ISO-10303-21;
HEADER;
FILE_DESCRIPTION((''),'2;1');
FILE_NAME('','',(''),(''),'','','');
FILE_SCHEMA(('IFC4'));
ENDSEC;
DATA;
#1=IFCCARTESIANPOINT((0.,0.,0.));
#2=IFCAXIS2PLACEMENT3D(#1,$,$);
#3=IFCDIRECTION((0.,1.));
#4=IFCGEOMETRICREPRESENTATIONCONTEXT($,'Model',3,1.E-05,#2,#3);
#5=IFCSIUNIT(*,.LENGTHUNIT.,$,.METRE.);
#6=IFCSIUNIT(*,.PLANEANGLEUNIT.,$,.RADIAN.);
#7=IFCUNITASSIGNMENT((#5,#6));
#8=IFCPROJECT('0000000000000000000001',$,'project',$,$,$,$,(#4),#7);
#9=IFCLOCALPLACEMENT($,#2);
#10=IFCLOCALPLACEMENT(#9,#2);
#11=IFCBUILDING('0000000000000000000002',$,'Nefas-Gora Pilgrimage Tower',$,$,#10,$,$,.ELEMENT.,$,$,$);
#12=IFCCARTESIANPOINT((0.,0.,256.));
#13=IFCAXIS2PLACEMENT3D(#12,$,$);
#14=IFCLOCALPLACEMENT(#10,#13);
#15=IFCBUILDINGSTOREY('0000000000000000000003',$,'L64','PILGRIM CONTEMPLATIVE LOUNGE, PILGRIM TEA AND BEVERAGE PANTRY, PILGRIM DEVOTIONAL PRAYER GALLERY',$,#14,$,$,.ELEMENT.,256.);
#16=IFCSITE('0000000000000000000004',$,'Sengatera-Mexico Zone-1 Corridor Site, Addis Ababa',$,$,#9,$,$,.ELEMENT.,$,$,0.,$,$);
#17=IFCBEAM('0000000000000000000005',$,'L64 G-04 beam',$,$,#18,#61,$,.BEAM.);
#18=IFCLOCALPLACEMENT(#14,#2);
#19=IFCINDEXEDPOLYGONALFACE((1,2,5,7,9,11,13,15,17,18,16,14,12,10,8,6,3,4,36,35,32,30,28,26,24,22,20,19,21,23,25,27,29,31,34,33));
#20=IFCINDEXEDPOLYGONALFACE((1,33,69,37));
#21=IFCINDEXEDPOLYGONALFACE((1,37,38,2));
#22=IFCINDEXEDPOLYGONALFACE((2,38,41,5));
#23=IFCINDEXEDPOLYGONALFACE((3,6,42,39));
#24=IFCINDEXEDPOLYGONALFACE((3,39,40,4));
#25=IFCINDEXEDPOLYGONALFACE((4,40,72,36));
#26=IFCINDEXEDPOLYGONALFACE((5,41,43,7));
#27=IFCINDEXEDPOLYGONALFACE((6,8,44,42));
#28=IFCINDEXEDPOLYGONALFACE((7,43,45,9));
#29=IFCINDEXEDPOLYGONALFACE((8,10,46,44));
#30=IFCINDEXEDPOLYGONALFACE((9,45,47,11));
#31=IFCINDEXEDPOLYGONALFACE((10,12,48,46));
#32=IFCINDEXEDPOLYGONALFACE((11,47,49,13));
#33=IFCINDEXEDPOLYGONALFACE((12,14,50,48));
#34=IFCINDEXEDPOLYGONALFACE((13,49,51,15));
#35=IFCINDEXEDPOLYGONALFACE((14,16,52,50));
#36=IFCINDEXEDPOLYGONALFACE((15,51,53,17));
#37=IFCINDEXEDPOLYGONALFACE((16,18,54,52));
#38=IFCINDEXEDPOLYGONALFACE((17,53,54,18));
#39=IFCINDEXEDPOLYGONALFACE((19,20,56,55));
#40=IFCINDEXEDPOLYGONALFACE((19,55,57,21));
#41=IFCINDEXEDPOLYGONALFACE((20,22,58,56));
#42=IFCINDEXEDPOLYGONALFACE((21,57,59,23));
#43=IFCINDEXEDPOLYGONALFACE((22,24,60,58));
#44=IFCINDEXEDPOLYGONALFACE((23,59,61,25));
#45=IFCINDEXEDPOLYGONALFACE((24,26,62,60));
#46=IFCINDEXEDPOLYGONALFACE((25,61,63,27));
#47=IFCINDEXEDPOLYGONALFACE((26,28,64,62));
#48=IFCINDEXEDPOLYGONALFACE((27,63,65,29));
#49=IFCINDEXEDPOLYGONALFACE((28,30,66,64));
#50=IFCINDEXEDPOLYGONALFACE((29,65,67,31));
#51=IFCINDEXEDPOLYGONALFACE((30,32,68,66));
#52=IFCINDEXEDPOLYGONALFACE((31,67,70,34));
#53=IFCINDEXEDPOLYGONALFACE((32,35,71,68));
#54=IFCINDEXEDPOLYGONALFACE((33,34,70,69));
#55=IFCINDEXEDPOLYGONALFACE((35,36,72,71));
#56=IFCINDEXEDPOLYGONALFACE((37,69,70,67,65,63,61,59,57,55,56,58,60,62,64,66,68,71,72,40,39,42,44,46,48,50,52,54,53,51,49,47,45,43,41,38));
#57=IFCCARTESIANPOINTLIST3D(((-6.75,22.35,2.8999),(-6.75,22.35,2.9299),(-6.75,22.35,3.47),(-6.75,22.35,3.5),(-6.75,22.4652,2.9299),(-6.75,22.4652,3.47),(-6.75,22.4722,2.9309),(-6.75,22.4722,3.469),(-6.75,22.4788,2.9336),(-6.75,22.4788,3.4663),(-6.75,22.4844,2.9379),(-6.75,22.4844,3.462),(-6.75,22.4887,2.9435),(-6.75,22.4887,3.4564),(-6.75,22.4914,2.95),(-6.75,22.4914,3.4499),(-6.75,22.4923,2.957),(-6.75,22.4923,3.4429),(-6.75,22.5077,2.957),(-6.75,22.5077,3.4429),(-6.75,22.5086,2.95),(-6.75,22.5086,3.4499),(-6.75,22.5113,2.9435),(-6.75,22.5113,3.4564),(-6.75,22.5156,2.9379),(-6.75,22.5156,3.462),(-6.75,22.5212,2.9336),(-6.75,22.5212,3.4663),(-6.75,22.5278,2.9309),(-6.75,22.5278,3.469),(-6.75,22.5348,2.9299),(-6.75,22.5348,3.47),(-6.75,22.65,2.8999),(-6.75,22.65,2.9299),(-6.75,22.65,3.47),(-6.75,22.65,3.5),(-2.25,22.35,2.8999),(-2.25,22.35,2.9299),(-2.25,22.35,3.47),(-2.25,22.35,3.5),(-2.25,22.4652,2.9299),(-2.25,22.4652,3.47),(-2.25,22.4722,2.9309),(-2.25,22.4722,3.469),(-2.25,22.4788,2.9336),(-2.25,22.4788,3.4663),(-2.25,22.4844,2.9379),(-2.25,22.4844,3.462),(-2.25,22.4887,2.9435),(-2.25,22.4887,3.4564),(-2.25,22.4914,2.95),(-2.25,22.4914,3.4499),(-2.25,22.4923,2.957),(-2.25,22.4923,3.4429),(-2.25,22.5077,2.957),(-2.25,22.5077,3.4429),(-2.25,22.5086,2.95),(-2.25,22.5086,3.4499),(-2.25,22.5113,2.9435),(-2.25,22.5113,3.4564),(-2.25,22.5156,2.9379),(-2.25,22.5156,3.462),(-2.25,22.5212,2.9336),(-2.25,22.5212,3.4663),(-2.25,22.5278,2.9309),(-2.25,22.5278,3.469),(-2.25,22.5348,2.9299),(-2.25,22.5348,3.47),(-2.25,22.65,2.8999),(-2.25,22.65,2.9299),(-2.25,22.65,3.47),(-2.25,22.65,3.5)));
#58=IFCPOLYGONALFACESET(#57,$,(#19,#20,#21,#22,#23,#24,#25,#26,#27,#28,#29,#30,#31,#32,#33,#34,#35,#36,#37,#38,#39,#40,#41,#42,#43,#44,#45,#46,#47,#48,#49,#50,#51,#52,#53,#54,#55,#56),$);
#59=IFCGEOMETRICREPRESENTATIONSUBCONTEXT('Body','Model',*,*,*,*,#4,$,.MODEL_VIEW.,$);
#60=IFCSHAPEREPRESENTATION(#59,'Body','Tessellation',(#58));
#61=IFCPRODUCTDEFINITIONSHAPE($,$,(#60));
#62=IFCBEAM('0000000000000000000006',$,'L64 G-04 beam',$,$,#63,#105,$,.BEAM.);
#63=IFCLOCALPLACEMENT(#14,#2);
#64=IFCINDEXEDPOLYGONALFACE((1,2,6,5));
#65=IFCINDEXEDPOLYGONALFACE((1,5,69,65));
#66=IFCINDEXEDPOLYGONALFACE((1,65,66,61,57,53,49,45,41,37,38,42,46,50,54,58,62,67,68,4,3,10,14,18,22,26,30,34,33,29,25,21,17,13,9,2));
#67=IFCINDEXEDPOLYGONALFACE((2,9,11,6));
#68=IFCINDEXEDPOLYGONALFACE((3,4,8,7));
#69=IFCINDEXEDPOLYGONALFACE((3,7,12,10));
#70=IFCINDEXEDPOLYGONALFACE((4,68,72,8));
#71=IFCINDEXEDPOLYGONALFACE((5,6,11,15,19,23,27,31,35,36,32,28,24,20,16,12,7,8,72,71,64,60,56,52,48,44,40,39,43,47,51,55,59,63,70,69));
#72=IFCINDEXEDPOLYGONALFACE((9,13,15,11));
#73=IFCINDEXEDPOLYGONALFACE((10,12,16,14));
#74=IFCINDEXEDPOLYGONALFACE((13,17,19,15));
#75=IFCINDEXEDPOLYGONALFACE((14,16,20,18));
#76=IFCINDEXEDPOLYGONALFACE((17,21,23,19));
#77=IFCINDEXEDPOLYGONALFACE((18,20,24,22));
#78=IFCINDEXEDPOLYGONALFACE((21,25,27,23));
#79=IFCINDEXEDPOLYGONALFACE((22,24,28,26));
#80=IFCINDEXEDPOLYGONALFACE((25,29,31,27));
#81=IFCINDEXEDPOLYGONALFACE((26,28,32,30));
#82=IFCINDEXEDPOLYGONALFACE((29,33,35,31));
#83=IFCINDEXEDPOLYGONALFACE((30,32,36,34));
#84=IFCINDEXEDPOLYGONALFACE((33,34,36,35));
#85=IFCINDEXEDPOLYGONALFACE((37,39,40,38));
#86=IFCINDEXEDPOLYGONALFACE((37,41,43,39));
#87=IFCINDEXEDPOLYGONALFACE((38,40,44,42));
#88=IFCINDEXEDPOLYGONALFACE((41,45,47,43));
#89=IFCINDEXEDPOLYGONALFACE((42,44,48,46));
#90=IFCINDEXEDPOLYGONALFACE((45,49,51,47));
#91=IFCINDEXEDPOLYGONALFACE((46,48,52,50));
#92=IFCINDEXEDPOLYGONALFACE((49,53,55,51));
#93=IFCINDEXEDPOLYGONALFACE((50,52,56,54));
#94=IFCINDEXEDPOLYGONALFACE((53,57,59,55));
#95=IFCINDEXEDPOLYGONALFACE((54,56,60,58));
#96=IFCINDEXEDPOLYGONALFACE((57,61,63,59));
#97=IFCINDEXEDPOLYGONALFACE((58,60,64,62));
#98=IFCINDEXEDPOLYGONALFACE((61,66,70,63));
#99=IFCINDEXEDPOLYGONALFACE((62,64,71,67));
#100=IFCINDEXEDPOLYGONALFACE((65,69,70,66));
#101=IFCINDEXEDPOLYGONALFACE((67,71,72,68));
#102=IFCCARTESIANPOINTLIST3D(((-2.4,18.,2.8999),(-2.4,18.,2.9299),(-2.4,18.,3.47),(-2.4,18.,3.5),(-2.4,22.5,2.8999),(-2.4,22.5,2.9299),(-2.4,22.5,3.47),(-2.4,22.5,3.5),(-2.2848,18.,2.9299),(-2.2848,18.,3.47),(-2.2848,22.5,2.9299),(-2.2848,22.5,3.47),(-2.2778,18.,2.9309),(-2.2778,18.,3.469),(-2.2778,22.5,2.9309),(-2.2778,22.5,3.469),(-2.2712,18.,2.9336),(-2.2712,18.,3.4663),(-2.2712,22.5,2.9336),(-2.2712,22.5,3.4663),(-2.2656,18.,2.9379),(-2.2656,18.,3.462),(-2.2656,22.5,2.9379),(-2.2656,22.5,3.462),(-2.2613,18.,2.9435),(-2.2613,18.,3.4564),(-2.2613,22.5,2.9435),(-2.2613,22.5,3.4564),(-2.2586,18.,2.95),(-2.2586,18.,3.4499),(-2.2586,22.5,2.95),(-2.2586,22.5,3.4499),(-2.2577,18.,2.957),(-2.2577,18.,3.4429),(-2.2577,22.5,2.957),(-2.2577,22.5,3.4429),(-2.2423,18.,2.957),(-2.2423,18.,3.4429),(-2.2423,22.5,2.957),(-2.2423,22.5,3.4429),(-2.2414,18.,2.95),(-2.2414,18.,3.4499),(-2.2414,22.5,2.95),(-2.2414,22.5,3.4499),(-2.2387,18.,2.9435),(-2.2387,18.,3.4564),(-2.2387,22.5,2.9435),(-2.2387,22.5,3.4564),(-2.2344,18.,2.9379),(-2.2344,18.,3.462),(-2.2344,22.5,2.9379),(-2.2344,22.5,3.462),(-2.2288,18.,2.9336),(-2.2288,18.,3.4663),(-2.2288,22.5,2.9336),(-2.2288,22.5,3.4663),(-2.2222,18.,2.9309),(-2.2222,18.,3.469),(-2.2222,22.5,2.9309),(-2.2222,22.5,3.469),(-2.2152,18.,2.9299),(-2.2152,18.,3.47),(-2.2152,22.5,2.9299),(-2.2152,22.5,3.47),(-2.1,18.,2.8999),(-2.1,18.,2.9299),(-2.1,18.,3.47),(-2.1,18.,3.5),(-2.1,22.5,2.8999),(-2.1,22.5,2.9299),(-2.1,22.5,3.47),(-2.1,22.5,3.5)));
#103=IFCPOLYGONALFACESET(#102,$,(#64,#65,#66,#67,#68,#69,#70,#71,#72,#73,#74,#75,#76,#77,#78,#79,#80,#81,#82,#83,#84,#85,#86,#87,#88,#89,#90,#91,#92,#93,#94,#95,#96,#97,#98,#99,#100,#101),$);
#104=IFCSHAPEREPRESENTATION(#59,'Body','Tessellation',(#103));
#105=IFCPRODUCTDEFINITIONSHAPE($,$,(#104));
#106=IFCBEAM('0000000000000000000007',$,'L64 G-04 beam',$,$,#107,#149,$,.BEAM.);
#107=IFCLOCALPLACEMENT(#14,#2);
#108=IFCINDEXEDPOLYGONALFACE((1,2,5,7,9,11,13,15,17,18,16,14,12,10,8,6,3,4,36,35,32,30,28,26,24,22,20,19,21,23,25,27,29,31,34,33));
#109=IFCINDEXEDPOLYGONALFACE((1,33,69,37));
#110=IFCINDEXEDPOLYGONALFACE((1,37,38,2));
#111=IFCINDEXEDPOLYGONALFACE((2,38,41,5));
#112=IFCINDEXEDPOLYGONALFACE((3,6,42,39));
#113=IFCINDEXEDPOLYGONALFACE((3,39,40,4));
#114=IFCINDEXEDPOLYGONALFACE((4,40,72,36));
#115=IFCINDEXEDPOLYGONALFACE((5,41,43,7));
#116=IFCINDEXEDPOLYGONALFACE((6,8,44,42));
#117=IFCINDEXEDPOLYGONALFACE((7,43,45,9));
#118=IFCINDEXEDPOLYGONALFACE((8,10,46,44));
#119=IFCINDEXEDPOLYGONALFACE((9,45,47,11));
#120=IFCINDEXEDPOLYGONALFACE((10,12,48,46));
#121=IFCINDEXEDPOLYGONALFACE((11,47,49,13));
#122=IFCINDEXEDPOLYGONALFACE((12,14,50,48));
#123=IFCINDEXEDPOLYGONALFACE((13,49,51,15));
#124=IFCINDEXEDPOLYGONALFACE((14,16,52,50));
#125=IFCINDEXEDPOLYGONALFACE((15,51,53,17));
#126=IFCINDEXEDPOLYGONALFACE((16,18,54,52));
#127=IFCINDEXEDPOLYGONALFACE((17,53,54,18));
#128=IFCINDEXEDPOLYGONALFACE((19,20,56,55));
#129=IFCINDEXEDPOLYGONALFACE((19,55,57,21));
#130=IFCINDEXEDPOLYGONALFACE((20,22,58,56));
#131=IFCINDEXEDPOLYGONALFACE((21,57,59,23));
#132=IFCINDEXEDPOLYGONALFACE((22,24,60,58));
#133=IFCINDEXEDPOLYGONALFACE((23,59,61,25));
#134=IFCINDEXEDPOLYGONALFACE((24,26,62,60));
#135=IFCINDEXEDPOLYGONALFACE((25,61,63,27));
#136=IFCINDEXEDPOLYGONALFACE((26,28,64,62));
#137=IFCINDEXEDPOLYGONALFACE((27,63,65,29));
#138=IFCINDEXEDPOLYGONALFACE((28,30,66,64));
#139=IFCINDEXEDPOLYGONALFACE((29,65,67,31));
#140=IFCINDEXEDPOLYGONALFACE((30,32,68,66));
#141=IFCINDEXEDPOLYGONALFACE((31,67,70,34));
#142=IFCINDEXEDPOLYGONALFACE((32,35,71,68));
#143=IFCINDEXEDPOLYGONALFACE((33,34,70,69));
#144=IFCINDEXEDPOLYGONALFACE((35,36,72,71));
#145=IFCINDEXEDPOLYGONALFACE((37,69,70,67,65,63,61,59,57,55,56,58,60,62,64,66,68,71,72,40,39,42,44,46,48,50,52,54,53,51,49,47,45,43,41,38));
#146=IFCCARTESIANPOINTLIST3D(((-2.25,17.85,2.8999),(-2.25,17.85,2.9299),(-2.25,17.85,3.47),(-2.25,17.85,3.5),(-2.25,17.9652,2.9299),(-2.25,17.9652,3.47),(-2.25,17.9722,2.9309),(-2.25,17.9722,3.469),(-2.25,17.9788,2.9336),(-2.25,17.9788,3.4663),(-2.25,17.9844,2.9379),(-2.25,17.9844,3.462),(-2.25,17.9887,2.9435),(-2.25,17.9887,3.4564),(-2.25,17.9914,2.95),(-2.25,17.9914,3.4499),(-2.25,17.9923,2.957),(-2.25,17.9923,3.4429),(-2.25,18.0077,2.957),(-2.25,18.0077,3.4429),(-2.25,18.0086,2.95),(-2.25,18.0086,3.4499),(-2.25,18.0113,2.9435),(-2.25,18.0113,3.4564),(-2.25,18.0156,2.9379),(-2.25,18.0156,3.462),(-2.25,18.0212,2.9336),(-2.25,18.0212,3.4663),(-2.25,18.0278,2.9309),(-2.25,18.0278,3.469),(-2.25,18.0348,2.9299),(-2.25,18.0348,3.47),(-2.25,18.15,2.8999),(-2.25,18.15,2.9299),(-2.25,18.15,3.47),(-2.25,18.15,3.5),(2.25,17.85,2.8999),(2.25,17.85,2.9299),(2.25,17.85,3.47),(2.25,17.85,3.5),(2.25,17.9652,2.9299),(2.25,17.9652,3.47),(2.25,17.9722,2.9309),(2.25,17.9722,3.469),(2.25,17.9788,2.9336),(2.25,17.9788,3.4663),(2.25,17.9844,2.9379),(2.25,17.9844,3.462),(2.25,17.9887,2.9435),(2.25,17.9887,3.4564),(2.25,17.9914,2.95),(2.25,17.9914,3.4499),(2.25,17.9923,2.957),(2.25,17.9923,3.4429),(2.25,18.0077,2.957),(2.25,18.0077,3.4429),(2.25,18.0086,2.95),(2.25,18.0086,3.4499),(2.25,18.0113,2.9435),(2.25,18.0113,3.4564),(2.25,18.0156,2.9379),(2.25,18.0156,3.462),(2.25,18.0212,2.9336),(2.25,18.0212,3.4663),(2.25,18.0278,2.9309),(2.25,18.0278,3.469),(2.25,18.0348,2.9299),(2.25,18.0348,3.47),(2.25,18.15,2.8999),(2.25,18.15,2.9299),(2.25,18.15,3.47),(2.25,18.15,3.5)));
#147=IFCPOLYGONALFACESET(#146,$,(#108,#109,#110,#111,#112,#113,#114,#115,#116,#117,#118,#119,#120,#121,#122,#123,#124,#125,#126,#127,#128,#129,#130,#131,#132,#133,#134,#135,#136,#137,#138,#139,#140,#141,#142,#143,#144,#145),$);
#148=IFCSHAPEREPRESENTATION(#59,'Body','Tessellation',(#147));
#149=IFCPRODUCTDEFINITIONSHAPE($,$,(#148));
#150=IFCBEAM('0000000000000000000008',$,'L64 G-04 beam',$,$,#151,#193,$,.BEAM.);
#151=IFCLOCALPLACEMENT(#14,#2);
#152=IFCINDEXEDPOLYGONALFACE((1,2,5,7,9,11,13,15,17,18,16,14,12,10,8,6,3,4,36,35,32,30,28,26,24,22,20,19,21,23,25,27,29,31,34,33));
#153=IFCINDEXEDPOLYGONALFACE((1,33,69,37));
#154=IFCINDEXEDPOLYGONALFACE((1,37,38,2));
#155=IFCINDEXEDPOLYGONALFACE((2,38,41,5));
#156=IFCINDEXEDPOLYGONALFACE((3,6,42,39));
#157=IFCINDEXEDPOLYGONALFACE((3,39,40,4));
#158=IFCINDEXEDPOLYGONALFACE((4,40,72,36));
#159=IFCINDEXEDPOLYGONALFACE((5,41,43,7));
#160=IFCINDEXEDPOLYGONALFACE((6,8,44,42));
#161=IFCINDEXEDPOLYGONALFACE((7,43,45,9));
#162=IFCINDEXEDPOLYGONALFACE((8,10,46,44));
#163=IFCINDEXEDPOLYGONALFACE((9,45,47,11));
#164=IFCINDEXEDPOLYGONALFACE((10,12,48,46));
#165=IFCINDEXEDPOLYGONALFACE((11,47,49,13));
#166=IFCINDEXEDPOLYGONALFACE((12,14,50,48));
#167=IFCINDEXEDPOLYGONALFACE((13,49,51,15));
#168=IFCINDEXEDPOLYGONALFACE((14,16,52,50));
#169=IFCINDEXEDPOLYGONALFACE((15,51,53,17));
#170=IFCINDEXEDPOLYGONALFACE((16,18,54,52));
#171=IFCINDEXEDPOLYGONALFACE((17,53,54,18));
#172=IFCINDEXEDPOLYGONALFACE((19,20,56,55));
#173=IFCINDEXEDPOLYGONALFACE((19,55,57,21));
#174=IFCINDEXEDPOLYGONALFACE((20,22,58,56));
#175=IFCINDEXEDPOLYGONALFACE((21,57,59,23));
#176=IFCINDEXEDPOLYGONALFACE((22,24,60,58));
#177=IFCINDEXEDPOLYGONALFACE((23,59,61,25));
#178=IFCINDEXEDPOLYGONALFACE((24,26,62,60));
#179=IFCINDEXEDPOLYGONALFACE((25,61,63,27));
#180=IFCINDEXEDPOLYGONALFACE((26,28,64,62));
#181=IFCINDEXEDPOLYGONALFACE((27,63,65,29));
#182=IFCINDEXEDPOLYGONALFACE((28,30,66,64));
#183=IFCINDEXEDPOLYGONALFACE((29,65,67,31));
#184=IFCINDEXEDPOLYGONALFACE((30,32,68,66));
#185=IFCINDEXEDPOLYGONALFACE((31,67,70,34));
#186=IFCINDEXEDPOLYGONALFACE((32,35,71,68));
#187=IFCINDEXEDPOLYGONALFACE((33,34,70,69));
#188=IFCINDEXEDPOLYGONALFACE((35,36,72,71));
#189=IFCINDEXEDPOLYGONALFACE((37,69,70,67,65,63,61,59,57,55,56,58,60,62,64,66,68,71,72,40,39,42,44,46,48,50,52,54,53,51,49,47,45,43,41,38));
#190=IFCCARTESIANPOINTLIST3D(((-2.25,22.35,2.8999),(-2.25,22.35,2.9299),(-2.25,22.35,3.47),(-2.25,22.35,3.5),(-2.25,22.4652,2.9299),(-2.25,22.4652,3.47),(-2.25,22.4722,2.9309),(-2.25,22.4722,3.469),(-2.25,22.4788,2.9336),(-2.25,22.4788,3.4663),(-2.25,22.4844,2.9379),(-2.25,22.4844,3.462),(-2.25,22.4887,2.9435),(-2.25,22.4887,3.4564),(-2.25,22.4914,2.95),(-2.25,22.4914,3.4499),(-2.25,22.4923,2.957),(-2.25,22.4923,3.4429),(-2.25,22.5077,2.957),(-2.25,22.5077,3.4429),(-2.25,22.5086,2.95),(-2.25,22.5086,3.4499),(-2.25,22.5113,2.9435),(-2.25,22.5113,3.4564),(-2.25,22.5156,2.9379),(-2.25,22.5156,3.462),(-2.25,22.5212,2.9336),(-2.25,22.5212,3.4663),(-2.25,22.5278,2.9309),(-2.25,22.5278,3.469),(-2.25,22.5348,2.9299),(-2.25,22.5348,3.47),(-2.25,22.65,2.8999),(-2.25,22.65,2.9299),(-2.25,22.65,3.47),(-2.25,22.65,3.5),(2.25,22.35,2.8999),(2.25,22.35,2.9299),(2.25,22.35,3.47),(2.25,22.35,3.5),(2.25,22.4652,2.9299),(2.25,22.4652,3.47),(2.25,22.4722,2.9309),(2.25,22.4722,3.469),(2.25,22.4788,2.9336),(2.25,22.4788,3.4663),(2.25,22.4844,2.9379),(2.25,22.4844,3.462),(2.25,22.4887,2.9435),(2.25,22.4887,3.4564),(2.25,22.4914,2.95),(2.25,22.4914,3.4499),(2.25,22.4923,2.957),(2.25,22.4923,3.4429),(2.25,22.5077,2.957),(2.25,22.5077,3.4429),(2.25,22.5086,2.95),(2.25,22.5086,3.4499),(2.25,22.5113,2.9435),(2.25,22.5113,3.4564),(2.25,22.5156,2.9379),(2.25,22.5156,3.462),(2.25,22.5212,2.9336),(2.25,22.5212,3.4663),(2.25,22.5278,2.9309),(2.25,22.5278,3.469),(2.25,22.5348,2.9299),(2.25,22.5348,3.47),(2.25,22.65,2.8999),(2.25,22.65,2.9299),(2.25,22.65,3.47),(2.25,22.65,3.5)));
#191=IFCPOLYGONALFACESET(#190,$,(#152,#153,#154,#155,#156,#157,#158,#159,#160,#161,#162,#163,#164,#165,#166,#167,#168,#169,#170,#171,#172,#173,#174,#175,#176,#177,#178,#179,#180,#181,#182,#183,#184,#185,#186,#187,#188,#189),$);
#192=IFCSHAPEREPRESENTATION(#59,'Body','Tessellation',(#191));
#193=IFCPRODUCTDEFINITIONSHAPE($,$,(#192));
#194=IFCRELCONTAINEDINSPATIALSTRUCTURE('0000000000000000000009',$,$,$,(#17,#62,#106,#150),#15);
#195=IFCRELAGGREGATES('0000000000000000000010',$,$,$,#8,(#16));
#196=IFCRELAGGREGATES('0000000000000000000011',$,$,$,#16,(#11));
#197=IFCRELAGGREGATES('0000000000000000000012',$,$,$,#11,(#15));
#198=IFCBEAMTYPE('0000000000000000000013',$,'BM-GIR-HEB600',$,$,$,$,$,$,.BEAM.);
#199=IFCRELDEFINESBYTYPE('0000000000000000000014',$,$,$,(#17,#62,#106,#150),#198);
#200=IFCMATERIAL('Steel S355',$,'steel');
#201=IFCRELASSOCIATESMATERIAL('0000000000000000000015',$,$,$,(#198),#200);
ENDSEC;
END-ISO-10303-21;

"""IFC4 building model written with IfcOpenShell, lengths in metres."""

from ifc_helpers import new_model, si_unit, direction, frame, origin, origin_2d, place, context, subcontext, project, spatial, i_section, extrude, source, transform, mapped, material, material_profile, profile_set, type_object, element, save


model = new_model("IFC4")

# Units and contexts
model_context = context("Model", 3, precision=1e-05, world=origin(), true_north=direction((0.0, 1.0)))
body_context = subcontext(model_context, "Body", "Model", "MODEL_VIEW")
ifc_project = project(units=[si_unit("LENGTHUNIT", "METRE"), si_unit("PLANEANGLEUNIT", "RADIAN")], contexts=[model_context])

# Site, building, storey
site_placement = place(None, origin())
site = spatial("IfcSite", under=ifc_project, at=site_placement, Name="Sengatera-Mexico Zone-1 Corridor Site, Addis Ababa", CompositionType="ELEMENT", RefElevation=0.0)
building_placement = place(site_placement, origin())
building = spatial("IfcBuilding", under=site, at=building_placement, Name="Nefas-Gora Pilgrimage Tower", CompositionType="ELEMENT")
storey_placement = place(building_placement, frame((0.0, 0.0, 256.0)))
storey = spatial("IfcBuildingStorey", under=building, at=storey_placement, Name="L64", Description="PILGRIM CONTEMPLATIVE LOUNGE, PILGRIM TEA AND BEVERAGE PANTRY, PILGRIM DEVOTIONAL PRAYER GALLERY", CompositionType="ELEMENT", Elevation=256.0)

# Beams
ifc_material_1 = material(Name="Steel S355", Category="steel")
ifc_material_profile_1 = material_profile(ifc_material_1, i_section(OverallWidth=0.3, OverallDepth=0.6001, WebThickness=0.0154, FlangeThickness=0.03, FilletRadius=0.0271, at=origin_2d()), Name="HEB 600")
ifc_profile_set_1 = profile_set([ifc_material_profile_1], Name="Steel S355")
beam_type = type_object("IfcBeamType", Name="BM-GIR-HEB600", PredefinedType="BEAM", material=ifc_profile_set_1)
shared_shape_1 = source(origin(), body_context, "Body", "SweptSolid", [
    extrude(i_section(OverallWidth=0.3, OverallDepth=0.6001, WebThickness=0.0154, FlangeThickness=0.03, FilletRadius=0.0271, at=origin_2d()), origin(), (0.0, 0.0, 1.0), 4.5),
])
for number, where, z_axis, x_axis, name in (
    (1, (-6.75, 22.5, 3.2), (1.0, 0.0, 0.0), (0.0, 1.0, 0.0), "L64 G-04 beam"),
    (2, (-2.25, 18.0, 3.2), (0.0, 1.0, 0.0), (-1.0, 0.0, 0.0), "L64 G-04 beam"),
    (3, (-2.25, 18.0, 3.2), (1.0, 0.0, 0.0), (0.0, 1.0, 0.0), "L64 G-04 beam"),
    (4, (-2.25, 22.5, 3.2), (1.0, 0.0, 0.0), (0.0, 1.0, 0.0), "L64 G-04 beam"),
):
    element("IfcBeam", number, at=place(storey_placement, frame(where, z_axis=z_axis, x_axis=x_axis)), inside=storey, type_object=beam_type, Name=name, PredefinedType="BEAM", context=body_context, shape_type="MappedRepresentation", body=[
        mapped(shared_shape_1, transform((0.0, 0.0, 0.0), x_axis=(1.0, 0.0, 0.0), y_axis=(0.0, 1.0, 0.0), z_axis=(0.0, 0.0, 1.0), scale=1.0)),
    ])

save(model, "model.ifc")
